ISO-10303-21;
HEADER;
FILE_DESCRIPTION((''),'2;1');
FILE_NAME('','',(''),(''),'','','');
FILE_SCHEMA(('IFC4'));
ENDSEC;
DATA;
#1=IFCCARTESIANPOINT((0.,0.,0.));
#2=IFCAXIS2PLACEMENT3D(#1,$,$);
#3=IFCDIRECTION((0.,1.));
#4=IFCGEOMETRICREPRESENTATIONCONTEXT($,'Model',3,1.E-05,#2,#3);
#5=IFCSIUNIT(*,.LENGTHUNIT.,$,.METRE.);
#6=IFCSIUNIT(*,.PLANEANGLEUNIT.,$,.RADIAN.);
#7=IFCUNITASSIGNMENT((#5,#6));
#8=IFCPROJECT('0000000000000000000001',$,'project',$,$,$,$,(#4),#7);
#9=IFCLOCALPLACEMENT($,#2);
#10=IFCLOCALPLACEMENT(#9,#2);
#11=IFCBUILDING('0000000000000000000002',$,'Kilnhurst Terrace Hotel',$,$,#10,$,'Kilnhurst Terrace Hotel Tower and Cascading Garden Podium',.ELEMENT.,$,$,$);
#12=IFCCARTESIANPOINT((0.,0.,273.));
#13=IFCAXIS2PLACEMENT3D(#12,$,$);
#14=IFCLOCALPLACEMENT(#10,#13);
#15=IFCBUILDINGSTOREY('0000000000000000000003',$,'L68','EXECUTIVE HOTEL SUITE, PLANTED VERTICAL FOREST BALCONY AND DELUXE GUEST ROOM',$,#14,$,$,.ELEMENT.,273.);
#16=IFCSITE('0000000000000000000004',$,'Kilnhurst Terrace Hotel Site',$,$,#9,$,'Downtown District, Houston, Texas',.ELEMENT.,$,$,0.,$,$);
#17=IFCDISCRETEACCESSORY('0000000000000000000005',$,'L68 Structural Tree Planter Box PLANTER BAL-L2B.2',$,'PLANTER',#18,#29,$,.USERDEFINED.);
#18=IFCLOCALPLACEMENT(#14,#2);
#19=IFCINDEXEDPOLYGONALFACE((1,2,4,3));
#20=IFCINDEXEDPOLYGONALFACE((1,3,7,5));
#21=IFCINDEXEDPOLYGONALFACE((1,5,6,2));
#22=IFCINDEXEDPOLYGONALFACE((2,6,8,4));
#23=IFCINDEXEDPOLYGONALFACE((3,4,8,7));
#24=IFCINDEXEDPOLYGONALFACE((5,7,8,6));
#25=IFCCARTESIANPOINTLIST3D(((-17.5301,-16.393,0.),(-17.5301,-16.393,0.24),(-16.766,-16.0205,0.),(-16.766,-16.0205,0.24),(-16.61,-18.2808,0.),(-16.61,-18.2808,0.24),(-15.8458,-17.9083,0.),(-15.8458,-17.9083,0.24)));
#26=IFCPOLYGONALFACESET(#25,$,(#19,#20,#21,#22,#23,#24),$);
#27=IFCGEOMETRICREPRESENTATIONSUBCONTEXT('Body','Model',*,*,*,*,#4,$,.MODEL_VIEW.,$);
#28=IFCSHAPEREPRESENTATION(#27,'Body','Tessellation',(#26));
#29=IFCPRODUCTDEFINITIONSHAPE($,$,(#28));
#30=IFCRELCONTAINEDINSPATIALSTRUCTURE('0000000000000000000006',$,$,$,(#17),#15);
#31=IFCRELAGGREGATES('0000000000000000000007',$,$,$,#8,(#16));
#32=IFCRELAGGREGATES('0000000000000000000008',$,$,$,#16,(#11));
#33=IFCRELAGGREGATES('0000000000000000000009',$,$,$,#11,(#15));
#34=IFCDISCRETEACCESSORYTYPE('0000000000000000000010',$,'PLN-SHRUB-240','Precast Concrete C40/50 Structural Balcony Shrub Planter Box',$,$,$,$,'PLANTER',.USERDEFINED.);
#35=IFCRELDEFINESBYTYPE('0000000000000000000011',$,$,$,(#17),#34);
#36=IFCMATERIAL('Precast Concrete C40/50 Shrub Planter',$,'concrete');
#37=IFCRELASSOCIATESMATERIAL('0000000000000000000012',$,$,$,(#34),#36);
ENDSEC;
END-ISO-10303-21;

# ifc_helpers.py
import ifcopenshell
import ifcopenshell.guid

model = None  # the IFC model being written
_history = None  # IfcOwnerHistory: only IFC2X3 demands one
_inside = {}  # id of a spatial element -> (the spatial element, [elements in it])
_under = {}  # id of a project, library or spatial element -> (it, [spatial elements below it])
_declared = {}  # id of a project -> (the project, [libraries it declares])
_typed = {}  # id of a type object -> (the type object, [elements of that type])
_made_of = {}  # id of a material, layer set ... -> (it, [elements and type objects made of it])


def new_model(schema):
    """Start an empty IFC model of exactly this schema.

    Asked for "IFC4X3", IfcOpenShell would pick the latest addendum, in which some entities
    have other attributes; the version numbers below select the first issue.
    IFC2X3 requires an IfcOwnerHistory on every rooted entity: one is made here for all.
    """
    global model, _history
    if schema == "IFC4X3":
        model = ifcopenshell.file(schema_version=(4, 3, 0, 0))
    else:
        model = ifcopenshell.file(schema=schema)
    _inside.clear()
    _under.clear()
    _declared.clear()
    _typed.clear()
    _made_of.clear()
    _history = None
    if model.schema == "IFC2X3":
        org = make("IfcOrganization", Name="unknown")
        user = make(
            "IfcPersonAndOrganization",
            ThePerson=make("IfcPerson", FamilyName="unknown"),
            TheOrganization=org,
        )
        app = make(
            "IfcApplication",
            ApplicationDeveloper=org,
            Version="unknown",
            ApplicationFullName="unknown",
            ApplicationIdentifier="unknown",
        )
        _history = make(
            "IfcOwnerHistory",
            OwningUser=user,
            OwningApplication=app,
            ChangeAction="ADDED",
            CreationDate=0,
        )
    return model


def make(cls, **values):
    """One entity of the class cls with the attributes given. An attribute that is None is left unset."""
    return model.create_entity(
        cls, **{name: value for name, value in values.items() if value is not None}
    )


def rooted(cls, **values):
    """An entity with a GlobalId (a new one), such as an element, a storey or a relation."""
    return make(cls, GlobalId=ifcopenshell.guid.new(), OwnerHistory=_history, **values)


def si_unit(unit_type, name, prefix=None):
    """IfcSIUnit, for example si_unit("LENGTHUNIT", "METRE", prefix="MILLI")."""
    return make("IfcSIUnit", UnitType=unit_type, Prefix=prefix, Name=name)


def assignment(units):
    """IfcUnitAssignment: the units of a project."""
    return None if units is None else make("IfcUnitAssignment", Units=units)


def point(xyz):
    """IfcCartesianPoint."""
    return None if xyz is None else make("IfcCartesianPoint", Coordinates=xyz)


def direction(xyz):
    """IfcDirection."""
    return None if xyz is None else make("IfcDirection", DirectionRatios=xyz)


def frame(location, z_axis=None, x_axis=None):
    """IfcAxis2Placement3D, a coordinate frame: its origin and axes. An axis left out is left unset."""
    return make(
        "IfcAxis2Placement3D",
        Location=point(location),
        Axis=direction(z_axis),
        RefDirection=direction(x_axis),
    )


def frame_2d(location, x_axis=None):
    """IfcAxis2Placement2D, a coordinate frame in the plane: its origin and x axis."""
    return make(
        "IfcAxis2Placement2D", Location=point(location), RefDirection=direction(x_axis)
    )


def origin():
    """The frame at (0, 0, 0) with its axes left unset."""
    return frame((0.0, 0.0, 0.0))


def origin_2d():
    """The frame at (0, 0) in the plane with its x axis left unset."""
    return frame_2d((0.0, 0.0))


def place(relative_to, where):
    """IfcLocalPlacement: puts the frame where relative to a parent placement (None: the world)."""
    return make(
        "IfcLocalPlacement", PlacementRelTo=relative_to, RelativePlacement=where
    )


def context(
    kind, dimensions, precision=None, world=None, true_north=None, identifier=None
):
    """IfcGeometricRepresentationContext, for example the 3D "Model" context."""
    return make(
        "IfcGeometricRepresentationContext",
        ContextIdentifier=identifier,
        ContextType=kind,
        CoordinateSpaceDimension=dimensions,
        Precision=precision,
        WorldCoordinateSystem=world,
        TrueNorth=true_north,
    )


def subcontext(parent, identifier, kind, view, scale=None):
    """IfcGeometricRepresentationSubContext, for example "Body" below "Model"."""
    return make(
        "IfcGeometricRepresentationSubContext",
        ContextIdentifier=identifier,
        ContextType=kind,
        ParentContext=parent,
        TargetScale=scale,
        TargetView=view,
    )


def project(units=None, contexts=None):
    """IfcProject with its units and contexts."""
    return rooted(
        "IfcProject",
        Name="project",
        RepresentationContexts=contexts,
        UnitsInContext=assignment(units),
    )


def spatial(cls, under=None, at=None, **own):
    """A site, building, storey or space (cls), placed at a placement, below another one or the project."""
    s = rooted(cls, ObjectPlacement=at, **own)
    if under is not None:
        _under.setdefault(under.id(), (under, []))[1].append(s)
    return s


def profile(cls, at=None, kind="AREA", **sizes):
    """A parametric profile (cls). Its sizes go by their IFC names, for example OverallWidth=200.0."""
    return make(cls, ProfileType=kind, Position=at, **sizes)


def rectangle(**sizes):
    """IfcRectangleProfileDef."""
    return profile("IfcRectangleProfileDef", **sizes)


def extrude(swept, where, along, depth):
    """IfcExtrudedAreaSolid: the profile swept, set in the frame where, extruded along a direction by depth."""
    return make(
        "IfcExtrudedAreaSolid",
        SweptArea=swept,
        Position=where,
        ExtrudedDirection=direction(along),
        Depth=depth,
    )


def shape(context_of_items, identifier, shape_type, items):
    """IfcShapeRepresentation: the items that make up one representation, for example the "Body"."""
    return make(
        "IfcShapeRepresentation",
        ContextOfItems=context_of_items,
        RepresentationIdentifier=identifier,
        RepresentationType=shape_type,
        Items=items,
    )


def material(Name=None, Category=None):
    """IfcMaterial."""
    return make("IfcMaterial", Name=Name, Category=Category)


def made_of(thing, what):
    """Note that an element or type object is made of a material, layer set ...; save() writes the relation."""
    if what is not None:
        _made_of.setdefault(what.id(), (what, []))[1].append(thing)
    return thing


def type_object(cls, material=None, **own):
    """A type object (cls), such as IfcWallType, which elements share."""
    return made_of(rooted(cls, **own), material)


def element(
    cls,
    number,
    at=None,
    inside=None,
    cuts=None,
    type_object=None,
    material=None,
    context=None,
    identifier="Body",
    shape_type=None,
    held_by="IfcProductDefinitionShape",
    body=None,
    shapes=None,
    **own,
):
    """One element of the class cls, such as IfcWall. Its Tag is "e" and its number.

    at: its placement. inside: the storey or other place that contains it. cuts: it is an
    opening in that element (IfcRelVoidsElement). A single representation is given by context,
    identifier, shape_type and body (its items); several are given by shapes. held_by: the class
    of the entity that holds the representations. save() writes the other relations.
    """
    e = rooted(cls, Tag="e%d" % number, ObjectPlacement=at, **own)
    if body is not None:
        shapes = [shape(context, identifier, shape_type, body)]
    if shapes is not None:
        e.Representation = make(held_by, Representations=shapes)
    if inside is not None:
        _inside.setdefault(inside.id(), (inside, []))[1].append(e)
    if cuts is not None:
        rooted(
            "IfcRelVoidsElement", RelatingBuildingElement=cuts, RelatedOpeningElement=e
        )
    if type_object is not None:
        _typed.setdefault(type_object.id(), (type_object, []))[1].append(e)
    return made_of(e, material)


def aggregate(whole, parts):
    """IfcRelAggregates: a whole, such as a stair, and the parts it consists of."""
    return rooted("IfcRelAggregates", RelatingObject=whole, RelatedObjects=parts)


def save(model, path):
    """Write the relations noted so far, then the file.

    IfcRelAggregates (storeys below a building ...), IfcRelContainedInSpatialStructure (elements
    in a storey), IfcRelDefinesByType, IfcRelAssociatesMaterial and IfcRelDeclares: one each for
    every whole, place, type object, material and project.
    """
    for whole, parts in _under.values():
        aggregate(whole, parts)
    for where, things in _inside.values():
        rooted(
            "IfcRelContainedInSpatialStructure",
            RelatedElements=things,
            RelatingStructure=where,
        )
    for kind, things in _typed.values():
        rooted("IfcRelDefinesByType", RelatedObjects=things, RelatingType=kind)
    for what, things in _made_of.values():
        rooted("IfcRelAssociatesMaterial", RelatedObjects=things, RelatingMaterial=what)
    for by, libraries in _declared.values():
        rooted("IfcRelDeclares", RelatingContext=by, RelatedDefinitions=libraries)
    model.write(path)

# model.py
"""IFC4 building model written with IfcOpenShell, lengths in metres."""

from ifc_helpers import new_model, si_unit, direction, frame, origin, origin_2d, place, context, subcontext, project, spatial, rectangle, extrude, material, type_object, element, save


model = new_model("IFC4")

# Units and contexts
model_context = context("Model", 3, precision=1e-05, world=origin(), true_north=direction((0.0, 1.0)))
body_context = subcontext(model_context, "Body", "Model", "MODEL_VIEW")
ifc_project = project(units=[si_unit("LENGTHUNIT", "METRE"), si_unit("PLANEANGLEUNIT", "RADIAN")], contexts=[model_context])

# Site, building, storey
site_placement = place(None, origin())
site = spatial("IfcSite", under=ifc_project, at=site_placement, Name="Kilnhurst Terrace Hotel Site", LongName="Downtown District, Houston, Texas", CompositionType="ELEMENT", RefElevation=0.0)
building_placement = place(site_placement, origin())
building = spatial("IfcBuilding", under=site, at=building_placement, Name="Kilnhurst Terrace Hotel", LongName="Kilnhurst Terrace Hotel Tower and Cascading Garden Podium", CompositionType="ELEMENT")
storey_placement = place(building_placement, frame((0.0, 0.0, 273.0)))
storey = spatial("IfcBuildingStorey", under=building, at=storey_placement, Name="L68", Description="EXECUTIVE HOTEL SUITE, PLANTED VERTICAL FOREST BALCONY AND DELUXE GUEST ROOM", CompositionType="ELEMENT", Elevation=273.0)

# Discrete accessory
ifc_material_1 = material(Name="Precast Concrete C40/50 Shrub Planter", Category="concrete")
discrete_accessory_type = type_object("IfcDiscreteAccessoryType", Name="PLN-SHRUB-240", Description="Precast Concrete C40/50 Structural Balcony Shrub Planter Box", ElementType="PLANTER", PredefinedType="USERDEFINED", material=ifc_material_1)
discrete_accessory_placement = place(storey_placement, frame((-16.688, -17.1506, 0.0), z_axis=(0.0, 0.0, 1.0), x_axis=(0.438136, -0.898909, 0.0)))
element("IfcDiscreteAccessory", 1, at=discrete_accessory_placement, inside=storey, type_object=discrete_accessory_type, Name="L68 Structural Tree Planter Box PLANTER BAL-L2B.2", ObjectType="PLANTER", PredefinedType="USERDEFINED", context=body_context, shape_type="SweptSolid", body=[
    extrude(rectangle(XDim=2.1001, YDim=0.8501, at=origin_2d()), origin(), (0.0, 0.0, 1.0), 0.24),
])

save(model, "model.ifc")
